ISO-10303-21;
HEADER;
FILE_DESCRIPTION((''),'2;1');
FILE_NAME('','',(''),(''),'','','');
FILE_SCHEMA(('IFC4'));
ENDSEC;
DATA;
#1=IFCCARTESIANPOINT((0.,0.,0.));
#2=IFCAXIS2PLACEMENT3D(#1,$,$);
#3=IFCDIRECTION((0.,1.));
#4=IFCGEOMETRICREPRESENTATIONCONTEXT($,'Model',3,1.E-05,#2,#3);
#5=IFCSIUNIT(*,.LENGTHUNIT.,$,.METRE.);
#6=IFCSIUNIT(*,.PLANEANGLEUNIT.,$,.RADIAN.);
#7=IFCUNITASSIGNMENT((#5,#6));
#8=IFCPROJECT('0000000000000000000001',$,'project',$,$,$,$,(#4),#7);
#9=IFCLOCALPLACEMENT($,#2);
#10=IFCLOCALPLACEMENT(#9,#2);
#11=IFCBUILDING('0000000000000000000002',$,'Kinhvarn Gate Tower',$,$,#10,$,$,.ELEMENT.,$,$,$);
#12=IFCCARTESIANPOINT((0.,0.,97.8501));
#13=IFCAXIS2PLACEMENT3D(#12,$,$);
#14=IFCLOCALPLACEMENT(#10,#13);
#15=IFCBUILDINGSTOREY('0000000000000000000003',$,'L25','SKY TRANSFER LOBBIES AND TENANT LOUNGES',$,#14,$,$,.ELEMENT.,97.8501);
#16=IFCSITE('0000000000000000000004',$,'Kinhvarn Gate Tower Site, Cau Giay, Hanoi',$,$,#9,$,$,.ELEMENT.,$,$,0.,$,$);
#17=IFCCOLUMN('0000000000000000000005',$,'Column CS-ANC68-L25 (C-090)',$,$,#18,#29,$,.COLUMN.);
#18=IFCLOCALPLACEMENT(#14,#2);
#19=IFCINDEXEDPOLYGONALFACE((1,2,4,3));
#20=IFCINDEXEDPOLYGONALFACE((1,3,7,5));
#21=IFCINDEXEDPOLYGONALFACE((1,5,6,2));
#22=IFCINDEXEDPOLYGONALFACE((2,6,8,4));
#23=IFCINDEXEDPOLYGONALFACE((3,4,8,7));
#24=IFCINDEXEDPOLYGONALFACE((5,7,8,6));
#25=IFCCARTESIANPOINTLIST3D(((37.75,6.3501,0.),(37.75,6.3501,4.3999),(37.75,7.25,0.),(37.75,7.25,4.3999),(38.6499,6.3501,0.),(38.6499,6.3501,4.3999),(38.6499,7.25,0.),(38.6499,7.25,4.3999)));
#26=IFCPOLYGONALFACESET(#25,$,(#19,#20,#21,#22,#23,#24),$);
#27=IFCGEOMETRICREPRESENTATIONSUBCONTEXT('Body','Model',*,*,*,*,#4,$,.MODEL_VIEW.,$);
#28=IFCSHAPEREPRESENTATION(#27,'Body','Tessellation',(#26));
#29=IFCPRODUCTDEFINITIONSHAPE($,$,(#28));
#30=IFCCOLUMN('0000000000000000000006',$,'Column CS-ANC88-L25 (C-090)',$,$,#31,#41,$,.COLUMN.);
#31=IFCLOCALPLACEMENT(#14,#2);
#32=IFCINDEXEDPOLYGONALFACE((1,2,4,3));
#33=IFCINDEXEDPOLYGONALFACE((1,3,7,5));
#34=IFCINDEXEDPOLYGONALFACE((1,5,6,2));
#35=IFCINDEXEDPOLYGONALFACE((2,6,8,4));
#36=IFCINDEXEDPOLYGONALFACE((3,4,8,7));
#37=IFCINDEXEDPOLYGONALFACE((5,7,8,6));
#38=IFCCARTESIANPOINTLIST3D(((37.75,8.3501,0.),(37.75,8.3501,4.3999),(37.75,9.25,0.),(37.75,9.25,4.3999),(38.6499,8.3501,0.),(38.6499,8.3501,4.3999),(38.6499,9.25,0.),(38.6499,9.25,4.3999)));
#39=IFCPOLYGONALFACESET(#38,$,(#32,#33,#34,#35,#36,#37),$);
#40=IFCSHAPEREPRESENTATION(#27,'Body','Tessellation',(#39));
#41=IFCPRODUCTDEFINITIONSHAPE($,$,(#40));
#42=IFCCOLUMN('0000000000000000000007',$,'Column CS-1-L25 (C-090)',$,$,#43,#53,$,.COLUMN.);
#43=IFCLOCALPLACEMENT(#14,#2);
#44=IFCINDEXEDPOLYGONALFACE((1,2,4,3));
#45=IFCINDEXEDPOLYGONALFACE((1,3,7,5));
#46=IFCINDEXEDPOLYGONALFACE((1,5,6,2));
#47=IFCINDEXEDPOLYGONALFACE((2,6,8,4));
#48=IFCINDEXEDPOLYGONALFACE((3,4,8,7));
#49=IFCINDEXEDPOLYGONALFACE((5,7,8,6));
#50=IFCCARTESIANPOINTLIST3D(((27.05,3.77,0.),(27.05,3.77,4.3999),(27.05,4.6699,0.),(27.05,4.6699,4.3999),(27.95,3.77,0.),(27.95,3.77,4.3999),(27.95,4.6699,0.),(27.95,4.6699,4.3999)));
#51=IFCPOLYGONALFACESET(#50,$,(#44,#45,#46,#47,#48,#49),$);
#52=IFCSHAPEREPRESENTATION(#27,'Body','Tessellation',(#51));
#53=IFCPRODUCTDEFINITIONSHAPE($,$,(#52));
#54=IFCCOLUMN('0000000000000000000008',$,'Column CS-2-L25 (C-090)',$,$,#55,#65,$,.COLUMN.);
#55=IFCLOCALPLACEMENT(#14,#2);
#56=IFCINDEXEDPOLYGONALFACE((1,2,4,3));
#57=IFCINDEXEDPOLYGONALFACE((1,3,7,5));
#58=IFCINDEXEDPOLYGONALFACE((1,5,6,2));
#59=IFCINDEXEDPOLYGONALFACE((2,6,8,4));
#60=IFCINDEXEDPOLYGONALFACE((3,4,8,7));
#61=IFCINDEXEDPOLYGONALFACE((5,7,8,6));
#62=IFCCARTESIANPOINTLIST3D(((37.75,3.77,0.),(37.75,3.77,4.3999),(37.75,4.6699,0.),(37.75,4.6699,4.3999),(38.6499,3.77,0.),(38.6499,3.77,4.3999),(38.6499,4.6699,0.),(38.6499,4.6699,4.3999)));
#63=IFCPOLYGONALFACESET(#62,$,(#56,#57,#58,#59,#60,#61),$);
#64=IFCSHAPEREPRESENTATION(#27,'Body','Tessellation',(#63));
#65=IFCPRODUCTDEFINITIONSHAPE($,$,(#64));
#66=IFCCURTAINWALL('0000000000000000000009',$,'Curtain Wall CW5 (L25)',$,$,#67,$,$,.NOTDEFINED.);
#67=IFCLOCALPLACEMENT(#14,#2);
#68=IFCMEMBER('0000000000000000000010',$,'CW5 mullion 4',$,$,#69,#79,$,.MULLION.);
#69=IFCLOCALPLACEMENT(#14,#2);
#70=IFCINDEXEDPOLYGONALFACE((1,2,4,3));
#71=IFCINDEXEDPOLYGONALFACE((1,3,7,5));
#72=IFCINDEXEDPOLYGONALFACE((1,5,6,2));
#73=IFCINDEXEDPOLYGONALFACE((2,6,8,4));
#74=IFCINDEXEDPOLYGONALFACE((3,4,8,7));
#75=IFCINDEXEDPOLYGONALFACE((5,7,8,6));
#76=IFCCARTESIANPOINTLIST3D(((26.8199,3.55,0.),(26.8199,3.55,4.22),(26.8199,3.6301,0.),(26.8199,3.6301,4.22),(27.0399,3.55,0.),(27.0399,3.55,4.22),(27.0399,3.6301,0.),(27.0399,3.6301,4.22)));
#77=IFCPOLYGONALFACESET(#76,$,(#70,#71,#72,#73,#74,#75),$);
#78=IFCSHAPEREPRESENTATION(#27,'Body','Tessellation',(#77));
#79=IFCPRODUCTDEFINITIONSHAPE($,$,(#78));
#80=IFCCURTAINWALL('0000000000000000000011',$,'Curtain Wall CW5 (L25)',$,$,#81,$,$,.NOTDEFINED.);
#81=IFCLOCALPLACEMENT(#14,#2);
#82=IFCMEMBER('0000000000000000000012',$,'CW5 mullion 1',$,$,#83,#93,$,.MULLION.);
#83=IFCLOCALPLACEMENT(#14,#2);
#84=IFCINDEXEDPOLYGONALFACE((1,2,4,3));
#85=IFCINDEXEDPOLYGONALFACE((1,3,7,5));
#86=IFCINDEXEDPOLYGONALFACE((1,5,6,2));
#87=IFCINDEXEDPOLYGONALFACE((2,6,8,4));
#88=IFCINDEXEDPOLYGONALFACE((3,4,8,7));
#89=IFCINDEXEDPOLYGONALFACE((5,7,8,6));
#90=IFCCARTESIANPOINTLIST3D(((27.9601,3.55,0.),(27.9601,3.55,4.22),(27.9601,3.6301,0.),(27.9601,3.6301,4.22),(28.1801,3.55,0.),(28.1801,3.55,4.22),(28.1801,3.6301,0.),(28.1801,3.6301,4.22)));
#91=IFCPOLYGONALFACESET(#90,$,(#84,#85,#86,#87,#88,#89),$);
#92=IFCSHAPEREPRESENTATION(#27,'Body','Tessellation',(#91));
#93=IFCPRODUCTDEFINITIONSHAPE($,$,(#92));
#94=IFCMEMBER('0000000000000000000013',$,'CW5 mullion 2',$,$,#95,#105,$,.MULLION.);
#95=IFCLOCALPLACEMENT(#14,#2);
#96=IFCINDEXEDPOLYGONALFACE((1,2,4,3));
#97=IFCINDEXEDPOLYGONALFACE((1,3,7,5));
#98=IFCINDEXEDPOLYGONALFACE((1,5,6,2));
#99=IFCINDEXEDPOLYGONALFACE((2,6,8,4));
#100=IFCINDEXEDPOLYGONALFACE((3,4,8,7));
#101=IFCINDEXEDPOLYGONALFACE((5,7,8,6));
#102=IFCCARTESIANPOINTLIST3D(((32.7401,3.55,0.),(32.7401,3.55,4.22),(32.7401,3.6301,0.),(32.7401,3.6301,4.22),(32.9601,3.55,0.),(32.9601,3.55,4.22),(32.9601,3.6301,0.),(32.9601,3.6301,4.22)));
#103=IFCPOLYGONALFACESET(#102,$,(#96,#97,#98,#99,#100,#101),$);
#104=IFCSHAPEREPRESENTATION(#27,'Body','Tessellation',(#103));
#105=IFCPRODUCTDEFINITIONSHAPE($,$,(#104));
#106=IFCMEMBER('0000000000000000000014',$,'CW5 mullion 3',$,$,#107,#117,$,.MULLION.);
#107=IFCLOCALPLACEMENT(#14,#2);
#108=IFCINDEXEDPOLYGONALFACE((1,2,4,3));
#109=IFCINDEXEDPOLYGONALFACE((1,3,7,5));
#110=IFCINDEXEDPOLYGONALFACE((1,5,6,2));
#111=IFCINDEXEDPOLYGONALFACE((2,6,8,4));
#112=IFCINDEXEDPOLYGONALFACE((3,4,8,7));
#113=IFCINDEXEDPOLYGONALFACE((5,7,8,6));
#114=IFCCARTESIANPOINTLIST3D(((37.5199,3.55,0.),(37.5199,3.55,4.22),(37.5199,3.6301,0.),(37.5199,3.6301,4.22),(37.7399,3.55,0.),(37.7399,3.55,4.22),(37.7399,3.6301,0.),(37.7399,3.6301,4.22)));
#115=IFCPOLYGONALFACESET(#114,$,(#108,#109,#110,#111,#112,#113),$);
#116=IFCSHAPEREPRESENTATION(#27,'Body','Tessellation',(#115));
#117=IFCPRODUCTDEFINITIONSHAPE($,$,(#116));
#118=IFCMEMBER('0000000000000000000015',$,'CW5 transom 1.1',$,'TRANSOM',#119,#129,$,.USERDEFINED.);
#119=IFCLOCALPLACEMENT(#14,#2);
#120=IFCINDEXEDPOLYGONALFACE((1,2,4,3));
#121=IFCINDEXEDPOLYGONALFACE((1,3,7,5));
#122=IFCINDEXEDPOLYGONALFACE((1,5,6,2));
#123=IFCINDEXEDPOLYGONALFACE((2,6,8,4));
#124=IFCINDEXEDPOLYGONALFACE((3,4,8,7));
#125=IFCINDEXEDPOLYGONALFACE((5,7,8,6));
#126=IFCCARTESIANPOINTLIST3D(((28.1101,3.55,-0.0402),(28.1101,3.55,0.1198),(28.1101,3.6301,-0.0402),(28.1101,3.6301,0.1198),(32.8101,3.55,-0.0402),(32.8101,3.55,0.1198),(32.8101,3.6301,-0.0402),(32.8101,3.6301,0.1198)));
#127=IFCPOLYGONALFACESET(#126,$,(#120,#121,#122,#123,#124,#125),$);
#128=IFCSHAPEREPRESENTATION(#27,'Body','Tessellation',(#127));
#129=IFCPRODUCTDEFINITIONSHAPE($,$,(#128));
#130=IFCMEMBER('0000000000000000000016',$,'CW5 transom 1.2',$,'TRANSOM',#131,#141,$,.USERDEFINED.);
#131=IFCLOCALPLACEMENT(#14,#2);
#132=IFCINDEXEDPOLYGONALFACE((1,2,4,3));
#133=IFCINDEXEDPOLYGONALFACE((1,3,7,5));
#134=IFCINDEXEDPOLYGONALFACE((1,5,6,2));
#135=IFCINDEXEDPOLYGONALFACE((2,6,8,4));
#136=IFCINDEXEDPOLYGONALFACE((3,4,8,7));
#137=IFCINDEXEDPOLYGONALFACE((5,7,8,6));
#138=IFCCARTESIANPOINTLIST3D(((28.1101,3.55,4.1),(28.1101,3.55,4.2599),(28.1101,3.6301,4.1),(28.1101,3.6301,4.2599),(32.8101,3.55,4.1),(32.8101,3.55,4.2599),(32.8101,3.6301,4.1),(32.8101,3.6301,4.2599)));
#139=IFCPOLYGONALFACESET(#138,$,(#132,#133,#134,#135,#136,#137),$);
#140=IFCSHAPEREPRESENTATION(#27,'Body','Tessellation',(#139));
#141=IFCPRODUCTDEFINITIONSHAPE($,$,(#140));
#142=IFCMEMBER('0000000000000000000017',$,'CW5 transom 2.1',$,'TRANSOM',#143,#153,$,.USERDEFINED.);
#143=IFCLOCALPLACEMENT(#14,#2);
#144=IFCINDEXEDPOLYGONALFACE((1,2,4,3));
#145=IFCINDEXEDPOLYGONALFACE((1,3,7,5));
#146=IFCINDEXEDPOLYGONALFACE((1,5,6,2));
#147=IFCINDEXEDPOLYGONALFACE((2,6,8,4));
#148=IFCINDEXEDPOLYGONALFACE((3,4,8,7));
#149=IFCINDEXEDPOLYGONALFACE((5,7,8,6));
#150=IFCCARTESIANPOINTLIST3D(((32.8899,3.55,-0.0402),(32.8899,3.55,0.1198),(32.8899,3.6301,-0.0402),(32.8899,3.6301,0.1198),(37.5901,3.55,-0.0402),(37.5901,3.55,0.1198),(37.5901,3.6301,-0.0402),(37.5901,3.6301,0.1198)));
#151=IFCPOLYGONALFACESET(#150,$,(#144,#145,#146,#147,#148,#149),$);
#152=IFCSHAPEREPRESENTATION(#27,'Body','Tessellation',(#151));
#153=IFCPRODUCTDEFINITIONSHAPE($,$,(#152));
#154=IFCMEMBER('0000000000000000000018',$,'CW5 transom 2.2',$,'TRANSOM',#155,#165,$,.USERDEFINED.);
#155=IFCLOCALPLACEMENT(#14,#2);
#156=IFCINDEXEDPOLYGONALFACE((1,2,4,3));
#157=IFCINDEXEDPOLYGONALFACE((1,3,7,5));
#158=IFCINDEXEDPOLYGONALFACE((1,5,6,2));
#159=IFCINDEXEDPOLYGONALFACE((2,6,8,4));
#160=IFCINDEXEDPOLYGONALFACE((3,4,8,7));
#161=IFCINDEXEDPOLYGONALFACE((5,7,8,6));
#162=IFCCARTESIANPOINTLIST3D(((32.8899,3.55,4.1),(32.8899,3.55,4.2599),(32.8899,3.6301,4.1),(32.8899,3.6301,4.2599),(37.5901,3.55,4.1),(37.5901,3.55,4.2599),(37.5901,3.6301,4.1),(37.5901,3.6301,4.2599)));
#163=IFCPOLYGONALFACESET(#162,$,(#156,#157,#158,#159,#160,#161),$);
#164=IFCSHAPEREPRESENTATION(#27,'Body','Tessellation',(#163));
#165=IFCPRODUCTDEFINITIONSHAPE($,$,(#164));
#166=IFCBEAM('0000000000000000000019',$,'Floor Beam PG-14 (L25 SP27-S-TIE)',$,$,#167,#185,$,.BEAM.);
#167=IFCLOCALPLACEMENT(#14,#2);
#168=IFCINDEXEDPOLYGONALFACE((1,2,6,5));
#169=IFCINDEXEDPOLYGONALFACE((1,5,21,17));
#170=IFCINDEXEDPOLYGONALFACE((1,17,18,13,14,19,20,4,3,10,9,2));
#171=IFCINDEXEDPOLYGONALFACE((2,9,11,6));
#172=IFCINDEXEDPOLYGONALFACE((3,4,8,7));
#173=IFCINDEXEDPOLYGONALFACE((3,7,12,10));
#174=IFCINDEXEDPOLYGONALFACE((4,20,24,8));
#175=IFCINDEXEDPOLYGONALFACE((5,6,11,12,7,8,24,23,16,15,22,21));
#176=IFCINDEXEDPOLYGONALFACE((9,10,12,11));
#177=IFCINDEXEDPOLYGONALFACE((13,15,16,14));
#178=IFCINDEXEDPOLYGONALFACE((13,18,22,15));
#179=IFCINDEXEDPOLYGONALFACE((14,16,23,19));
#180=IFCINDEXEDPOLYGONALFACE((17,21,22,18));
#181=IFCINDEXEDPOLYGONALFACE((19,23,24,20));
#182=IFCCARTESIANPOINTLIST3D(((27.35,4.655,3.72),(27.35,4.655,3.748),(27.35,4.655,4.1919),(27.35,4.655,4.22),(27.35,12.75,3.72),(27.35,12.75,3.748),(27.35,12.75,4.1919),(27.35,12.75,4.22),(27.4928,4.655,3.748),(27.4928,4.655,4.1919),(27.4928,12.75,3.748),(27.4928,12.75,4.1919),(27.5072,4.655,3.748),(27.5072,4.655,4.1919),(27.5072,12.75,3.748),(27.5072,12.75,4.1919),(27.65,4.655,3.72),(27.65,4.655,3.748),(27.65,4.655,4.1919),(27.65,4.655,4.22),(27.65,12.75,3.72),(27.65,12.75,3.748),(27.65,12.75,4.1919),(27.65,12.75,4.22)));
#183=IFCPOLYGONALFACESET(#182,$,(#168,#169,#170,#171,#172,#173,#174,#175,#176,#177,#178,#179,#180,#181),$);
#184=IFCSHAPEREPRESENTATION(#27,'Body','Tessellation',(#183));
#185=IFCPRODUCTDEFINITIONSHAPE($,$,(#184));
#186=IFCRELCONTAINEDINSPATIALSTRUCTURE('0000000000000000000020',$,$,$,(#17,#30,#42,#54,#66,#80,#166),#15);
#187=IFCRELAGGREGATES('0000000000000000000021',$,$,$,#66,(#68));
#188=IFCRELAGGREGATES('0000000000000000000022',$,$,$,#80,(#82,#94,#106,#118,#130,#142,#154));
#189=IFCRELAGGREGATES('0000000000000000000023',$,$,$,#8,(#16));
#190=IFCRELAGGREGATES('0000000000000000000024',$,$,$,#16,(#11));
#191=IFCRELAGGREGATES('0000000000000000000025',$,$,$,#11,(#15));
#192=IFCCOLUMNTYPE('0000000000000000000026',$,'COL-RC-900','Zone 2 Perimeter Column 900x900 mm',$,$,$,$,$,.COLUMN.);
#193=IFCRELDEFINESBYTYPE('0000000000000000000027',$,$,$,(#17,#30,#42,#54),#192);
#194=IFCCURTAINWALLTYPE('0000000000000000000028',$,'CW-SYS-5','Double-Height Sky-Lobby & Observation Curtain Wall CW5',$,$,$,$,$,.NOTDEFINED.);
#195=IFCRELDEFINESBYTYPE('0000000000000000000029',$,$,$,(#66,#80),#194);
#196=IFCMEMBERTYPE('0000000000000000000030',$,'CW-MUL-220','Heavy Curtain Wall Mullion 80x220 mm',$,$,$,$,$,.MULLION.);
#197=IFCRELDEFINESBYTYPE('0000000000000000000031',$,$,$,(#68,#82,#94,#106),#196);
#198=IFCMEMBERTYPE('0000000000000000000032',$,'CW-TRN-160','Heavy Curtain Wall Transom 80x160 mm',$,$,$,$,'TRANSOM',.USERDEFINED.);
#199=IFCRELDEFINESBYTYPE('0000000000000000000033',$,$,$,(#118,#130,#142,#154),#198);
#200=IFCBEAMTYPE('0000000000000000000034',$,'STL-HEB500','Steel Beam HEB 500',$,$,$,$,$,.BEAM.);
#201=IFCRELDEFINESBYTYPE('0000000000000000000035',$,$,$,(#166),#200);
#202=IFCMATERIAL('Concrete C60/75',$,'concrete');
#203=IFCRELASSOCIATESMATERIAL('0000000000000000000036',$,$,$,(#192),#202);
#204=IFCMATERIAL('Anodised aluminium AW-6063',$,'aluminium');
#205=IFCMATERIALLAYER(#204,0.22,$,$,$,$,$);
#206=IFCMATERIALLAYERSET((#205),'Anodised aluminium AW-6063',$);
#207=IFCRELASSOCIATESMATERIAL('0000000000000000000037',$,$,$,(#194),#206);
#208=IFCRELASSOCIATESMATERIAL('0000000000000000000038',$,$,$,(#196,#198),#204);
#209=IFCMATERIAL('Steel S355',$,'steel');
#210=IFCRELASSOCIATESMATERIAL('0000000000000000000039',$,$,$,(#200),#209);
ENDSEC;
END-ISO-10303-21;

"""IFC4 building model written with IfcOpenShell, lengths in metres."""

from ifc_helpers import new_model, si_unit, direction, frame, origin, origin_2d, place, context, subcontext, project, spatial, rectangle, i_section, extrude, material, layer, layer_set, material_profile, profile_set, type_object, element, aggregate, save


model = new_model("IFC4")

# Units and contexts
model_context = context("Model", 3, precision=1e-05, world=origin(), true_north=direction((0.0, 1.0)))
body_context = subcontext(model_context, "Body", "Model", "MODEL_VIEW")
ifc_project = project(units=[si_unit("LENGTHUNIT", "METRE"), si_unit("PLANEANGLEUNIT", "RADIAN")], contexts=[model_context])

# Site, building, storey
site_placement = place(None, origin())
site = spatial("IfcSite", under=ifc_project, at=site_placement, Name="Kinhvarn Gate Tower Site, Cau Giay, Hanoi", CompositionType="ELEMENT", RefElevation=0.0)
building_placement = place(site_placement, origin())
building = spatial("IfcBuilding", under=site, at=building_placement, Name="Kinhvarn Gate Tower", CompositionType="ELEMENT")
storey_placement = place(building_placement, frame((0.0, 0.0, 97.8501)))
storey = spatial("IfcBuildingStorey", under=building, at=storey_placement, Name="L25", Description="SKY TRANSFER LOBBIES AND TENANT LOUNGES", CompositionType="ELEMENT", Elevation=97.8501)

# Columns
ifc_material_1 = material(Name="Concrete C60/75", Category="concrete")
ifc_material_profile_1 = material_profile(ifc_material_1, rectangle(XDim=0.8999, YDim=0.8999, at=origin_2d()), Name="RC 900x900")
ifc_profile_set_1 = profile_set([ifc_material_profile_1], Name="Concrete C60/75")
column_type = type_object("IfcColumnType", Name="COL-RC-900", Description="Zone 2 Perimeter Column 900x900 mm", PredefinedType="COLUMN", material=ifc_profile_set_1)
for number, where, z_axis, x_axis, name in (
    (1, (38.2, 6.8, 0.0), (0.0, 0.0, 1.0), (1.0, 0.0, 0.0), "Column CS-ANC68-L25 (C-090)"),
    (2, (38.2, 8.8, 0.0), (0.0, 0.0, 1.0), (1.0, 0.0, 0.0), "Column CS-ANC88-L25 (C-090)"),
    (3, (27.5, 4.22, 0.0), (0.0, 0.0, 1.0), (1.0, 0.0, 0.0), "Column CS-1-L25 (C-090)"),
    (4, (38.2, 4.22, 0.0), (0.0, 0.0, 1.0), (1.0, 0.0, 0.0), "Column CS-2-L25 (C-090)"),
):
    element("IfcColumn", number, at=place(storey_placement, frame(where, z_axis=z_axis, x_axis=x_axis)), inside=storey, type_object=column_type, Name=name, PredefinedType="COLUMN", context=body_context, shape_type="SweptSolid", body=[
        extrude(rectangle(XDim=0.8999, YDim=0.8999, at=origin_2d()), origin(), (0.0, 0.0, 1.0), 4.3999),
    ])

# Curtain wall, member
ifc_material_2 = material(Name="Anodised aluminium AW-6063", Category="aluminium")
ifc_layer_1 = layer(ifc_material_2, 0.22)
ifc_layer_set_1 = layer_set([ifc_layer_1], Name="Anodised aluminium AW-6063")
curtain_wall_type = type_object("IfcCurtainWallType", Name="CW-SYS-5", Description="Double-Height Sky-Lobby & Observation Curtain Wall CW5", PredefinedType="NOTDEFINED", material=ifc_layer_set_1)
curtain_wall_1_placement = place(storey_placement, origin())
curtain_wall_1 = element("IfcCurtainWall", 5, at=curtain_wall_1_placement, inside=storey, type_object=curtain_wall_type, Name="Curtain Wall CW5 (L25)", PredefinedType="NOTDEFINED")
ifc_material_profile_2 = material_profile(ifc_material_2, rectangle(XDim=0.0801, YDim=0.22, at=origin_2d()), Name="ALU 80x220")
ifc_profile_set_2 = profile_set([ifc_material_profile_2], Name="Anodised aluminium AW-6063")
member_type_1 = type_object("IfcMemberType", Name="CW-MUL-220", Description="Heavy Curtain Wall Mullion 80x220 mm", PredefinedType="MULLION", material=ifc_profile_set_2)
member_1_placement = place(storey_placement, frame((26.9299, 3.5901, 0.0), z_axis=(0.0, 0.0, 1.0), x_axis=(0.0, 1.0, 0.0)))
member_1 = element("IfcMember", 6, at=member_1_placement, type_object=member_type_1, Name="CW5 mullion 4", PredefinedType="MULLION", context=body_context, shape_type="SweptSolid", body=[
    extrude(rectangle(XDim=0.0801, YDim=0.22, at=origin_2d()), origin(), (0.0, 0.0, 1.0), 4.22),
])

# Curtain wall, members
curtain_wall_2_placement = place(storey_placement, origin())
curtain_wall_2 = element("IfcCurtainWall", 7, at=curtain_wall_2_placement, inside=storey, type_object=curtain_wall_type, Name="Curtain Wall CW5 (L25)", PredefinedType="NOTDEFINED")
member_2_placement = place(storey_placement, frame((28.0701, 3.5901, 0.0), z_axis=(0.0, 0.0, 1.0), x_axis=(0.0, 1.0, 0.0)))
member_2 = element("IfcMember", 8, at=member_2_placement, type_object=member_type_1, Name="CW5 mullion 1", PredefinedType="MULLION", context=body_context, shape_type="SweptSolid", body=[
    extrude(rectangle(XDim=0.0801, YDim=0.22, at=origin_2d()), origin(), (0.0, 0.0, 1.0), 4.22),
])
member_3_placement = place(storey_placement, frame((32.8501, 3.5901, 0.0), z_axis=(0.0, 0.0, 1.0), x_axis=(0.0, 1.0, 0.0)))
member_3 = element("IfcMember", 9, at=member_3_placement, type_object=member_type_1, Name="CW5 mullion 2", PredefinedType="MULLION", context=body_context, shape_type="SweptSolid", body=[
    extrude(rectangle(XDim=0.0801, YDim=0.22, at=origin_2d()), origin(), (0.0, 0.0, 1.0), 4.22),
])
member_4_placement = place(storey_placement, frame((37.6299, 3.5901, 0.0), z_axis=(0.0, 0.0, 1.0), x_axis=(0.0, 1.0, 0.0)))
member_4 = element("IfcMember", 10, at=member_4_placement, type_object=member_type_1, Name="CW5 mullion 3", PredefinedType="MULLION", context=body_context, shape_type="SweptSolid", body=[
    extrude(rectangle(XDim=0.0801, YDim=0.22, at=origin_2d()), origin(), (0.0, 0.0, 1.0), 4.22),
])
ifc_material_profile_3 = material_profile(ifc_material_2, rectangle(XDim=0.0801, YDim=0.1599, at=origin_2d()), Name="ALU 80x160")
ifc_profile_set_3 = profile_set([ifc_material_profile_3], Name="Anodised aluminium AW-6063")
member_type_2 = type_object("IfcMemberType", Name="CW-TRN-160", Description="Heavy Curtain Wall Transom 80x160 mm", ElementType="TRANSOM", PredefinedType="USERDEFINED", material=ifc_profile_set_3)
member_5_placement = place(storey_placement, frame((28.1101, 3.5901, 0.0398), z_axis=(1.0, 0.0, 0.0), x_axis=(0.0, 1.0, 0.0)))
member_5 = element("IfcMember", 11, at=member_5_placement, type_object=member_type_2, Name="CW5 transom 1.1", ObjectType="TRANSOM", PredefinedType="USERDEFINED", context=body_context, shape_type="SweptSolid", body=[
    extrude(rectangle(XDim=0.0801, YDim=0.1599, at=origin_2d()), origin(), (0.0, 0.0, 1.0), 4.7),
])
member_6_placement = place(storey_placement, frame((28.1101, 3.5901, 4.1799), z_axis=(1.0, 0.0, 0.0), x_axis=(0.0, 1.0, 0.0)))
member_6 = element("IfcMember", 12, at=member_6_placement, type_object=member_type_2, Name="CW5 transom 1.2", ObjectType="TRANSOM", PredefinedType="USERDEFINED", context=body_context, shape_type="SweptSolid", body=[
    extrude(rectangle(XDim=0.0801, YDim=0.1599, at=origin_2d()), origin(), (0.0, 0.0, 1.0), 4.7),
])
member_7_placement = place(storey_placement, frame((32.8899, 3.5901, 0.0398), z_axis=(1.0, 0.0, 0.0), x_axis=(0.0, 1.0, 0.0)))
member_7 = element("IfcMember", 13, at=member_7_placement, type_object=member_type_2, Name="CW5 transom 2.1", ObjectType="TRANSOM", PredefinedType="USERDEFINED", context=body_context, shape_type="SweptSolid", body=[
    extrude(rectangle(XDim=0.0801, YDim=0.1599, at=origin_2d()), origin(), (0.0, 0.0, 1.0), 4.7002),
])
member_8_placement = place(storey_placement, frame((32.8899, 3.5901, 4.1799), z_axis=(1.0, 0.0, 0.0), x_axis=(0.0, 1.0, 0.0)))
member_8 = element("IfcMember", 14, at=member_8_placement, type_object=member_type_2, Name="CW5 transom 2.2", ObjectType="TRANSOM", PredefinedType="USERDEFINED", context=body_context, shape_type="SweptSolid", body=[
    extrude(rectangle(XDim=0.0801, YDim=0.1599, at=origin_2d()), origin(), (0.0, 0.0, 1.0), 4.7002),
])

# Beam
ifc_material_3 = material(Name="Steel S355", Category="steel")
ifc_material_profile_4 = material_profile(ifc_material_3, i_section(OverallWidth=0.3, OverallDepth=0.5, WebThickness=0.0144, FlangeThickness=0.0281, at=origin_2d()), Name="HEB 500")
ifc_profile_set_4 = profile_set([ifc_material_profile_4], Name="Steel S355")
beam_type_1 = type_object("IfcBeamType", Name="STL-HEB500", Description="Steel Beam HEB 500", PredefinedType="BEAM", material=ifc_profile_set_4)
beam_1_placement = place(storey_placement, frame((27.5, 4.655, 3.97), z_axis=(0.0, 1.0, 0.0), x_axis=(-1.0, 0.0, 0.0)))
element("IfcBeam", 15, at=beam_1_placement, inside=storey, type_object=beam_type_1, Name="Floor Beam PG-14 (L25 SP27-S-TIE)", PredefinedType="BEAM", context=body_context, shape_type="SweptSolid", body=[
    extrude(i_section(OverallWidth=0.3, OverallDepth=0.5, WebThickness=0.0144, FlangeThickness=0.0281, at=origin_2d()), origin(), (0.0, 0.0, 1.0), 8.095),
])

aggregate(curtain_wall_1, [member_1])
aggregate(curtain_wall_2, [member_2, member_3, member_4, member_5, member_6, member_7, member_8])

save(model, "model.ifc")
